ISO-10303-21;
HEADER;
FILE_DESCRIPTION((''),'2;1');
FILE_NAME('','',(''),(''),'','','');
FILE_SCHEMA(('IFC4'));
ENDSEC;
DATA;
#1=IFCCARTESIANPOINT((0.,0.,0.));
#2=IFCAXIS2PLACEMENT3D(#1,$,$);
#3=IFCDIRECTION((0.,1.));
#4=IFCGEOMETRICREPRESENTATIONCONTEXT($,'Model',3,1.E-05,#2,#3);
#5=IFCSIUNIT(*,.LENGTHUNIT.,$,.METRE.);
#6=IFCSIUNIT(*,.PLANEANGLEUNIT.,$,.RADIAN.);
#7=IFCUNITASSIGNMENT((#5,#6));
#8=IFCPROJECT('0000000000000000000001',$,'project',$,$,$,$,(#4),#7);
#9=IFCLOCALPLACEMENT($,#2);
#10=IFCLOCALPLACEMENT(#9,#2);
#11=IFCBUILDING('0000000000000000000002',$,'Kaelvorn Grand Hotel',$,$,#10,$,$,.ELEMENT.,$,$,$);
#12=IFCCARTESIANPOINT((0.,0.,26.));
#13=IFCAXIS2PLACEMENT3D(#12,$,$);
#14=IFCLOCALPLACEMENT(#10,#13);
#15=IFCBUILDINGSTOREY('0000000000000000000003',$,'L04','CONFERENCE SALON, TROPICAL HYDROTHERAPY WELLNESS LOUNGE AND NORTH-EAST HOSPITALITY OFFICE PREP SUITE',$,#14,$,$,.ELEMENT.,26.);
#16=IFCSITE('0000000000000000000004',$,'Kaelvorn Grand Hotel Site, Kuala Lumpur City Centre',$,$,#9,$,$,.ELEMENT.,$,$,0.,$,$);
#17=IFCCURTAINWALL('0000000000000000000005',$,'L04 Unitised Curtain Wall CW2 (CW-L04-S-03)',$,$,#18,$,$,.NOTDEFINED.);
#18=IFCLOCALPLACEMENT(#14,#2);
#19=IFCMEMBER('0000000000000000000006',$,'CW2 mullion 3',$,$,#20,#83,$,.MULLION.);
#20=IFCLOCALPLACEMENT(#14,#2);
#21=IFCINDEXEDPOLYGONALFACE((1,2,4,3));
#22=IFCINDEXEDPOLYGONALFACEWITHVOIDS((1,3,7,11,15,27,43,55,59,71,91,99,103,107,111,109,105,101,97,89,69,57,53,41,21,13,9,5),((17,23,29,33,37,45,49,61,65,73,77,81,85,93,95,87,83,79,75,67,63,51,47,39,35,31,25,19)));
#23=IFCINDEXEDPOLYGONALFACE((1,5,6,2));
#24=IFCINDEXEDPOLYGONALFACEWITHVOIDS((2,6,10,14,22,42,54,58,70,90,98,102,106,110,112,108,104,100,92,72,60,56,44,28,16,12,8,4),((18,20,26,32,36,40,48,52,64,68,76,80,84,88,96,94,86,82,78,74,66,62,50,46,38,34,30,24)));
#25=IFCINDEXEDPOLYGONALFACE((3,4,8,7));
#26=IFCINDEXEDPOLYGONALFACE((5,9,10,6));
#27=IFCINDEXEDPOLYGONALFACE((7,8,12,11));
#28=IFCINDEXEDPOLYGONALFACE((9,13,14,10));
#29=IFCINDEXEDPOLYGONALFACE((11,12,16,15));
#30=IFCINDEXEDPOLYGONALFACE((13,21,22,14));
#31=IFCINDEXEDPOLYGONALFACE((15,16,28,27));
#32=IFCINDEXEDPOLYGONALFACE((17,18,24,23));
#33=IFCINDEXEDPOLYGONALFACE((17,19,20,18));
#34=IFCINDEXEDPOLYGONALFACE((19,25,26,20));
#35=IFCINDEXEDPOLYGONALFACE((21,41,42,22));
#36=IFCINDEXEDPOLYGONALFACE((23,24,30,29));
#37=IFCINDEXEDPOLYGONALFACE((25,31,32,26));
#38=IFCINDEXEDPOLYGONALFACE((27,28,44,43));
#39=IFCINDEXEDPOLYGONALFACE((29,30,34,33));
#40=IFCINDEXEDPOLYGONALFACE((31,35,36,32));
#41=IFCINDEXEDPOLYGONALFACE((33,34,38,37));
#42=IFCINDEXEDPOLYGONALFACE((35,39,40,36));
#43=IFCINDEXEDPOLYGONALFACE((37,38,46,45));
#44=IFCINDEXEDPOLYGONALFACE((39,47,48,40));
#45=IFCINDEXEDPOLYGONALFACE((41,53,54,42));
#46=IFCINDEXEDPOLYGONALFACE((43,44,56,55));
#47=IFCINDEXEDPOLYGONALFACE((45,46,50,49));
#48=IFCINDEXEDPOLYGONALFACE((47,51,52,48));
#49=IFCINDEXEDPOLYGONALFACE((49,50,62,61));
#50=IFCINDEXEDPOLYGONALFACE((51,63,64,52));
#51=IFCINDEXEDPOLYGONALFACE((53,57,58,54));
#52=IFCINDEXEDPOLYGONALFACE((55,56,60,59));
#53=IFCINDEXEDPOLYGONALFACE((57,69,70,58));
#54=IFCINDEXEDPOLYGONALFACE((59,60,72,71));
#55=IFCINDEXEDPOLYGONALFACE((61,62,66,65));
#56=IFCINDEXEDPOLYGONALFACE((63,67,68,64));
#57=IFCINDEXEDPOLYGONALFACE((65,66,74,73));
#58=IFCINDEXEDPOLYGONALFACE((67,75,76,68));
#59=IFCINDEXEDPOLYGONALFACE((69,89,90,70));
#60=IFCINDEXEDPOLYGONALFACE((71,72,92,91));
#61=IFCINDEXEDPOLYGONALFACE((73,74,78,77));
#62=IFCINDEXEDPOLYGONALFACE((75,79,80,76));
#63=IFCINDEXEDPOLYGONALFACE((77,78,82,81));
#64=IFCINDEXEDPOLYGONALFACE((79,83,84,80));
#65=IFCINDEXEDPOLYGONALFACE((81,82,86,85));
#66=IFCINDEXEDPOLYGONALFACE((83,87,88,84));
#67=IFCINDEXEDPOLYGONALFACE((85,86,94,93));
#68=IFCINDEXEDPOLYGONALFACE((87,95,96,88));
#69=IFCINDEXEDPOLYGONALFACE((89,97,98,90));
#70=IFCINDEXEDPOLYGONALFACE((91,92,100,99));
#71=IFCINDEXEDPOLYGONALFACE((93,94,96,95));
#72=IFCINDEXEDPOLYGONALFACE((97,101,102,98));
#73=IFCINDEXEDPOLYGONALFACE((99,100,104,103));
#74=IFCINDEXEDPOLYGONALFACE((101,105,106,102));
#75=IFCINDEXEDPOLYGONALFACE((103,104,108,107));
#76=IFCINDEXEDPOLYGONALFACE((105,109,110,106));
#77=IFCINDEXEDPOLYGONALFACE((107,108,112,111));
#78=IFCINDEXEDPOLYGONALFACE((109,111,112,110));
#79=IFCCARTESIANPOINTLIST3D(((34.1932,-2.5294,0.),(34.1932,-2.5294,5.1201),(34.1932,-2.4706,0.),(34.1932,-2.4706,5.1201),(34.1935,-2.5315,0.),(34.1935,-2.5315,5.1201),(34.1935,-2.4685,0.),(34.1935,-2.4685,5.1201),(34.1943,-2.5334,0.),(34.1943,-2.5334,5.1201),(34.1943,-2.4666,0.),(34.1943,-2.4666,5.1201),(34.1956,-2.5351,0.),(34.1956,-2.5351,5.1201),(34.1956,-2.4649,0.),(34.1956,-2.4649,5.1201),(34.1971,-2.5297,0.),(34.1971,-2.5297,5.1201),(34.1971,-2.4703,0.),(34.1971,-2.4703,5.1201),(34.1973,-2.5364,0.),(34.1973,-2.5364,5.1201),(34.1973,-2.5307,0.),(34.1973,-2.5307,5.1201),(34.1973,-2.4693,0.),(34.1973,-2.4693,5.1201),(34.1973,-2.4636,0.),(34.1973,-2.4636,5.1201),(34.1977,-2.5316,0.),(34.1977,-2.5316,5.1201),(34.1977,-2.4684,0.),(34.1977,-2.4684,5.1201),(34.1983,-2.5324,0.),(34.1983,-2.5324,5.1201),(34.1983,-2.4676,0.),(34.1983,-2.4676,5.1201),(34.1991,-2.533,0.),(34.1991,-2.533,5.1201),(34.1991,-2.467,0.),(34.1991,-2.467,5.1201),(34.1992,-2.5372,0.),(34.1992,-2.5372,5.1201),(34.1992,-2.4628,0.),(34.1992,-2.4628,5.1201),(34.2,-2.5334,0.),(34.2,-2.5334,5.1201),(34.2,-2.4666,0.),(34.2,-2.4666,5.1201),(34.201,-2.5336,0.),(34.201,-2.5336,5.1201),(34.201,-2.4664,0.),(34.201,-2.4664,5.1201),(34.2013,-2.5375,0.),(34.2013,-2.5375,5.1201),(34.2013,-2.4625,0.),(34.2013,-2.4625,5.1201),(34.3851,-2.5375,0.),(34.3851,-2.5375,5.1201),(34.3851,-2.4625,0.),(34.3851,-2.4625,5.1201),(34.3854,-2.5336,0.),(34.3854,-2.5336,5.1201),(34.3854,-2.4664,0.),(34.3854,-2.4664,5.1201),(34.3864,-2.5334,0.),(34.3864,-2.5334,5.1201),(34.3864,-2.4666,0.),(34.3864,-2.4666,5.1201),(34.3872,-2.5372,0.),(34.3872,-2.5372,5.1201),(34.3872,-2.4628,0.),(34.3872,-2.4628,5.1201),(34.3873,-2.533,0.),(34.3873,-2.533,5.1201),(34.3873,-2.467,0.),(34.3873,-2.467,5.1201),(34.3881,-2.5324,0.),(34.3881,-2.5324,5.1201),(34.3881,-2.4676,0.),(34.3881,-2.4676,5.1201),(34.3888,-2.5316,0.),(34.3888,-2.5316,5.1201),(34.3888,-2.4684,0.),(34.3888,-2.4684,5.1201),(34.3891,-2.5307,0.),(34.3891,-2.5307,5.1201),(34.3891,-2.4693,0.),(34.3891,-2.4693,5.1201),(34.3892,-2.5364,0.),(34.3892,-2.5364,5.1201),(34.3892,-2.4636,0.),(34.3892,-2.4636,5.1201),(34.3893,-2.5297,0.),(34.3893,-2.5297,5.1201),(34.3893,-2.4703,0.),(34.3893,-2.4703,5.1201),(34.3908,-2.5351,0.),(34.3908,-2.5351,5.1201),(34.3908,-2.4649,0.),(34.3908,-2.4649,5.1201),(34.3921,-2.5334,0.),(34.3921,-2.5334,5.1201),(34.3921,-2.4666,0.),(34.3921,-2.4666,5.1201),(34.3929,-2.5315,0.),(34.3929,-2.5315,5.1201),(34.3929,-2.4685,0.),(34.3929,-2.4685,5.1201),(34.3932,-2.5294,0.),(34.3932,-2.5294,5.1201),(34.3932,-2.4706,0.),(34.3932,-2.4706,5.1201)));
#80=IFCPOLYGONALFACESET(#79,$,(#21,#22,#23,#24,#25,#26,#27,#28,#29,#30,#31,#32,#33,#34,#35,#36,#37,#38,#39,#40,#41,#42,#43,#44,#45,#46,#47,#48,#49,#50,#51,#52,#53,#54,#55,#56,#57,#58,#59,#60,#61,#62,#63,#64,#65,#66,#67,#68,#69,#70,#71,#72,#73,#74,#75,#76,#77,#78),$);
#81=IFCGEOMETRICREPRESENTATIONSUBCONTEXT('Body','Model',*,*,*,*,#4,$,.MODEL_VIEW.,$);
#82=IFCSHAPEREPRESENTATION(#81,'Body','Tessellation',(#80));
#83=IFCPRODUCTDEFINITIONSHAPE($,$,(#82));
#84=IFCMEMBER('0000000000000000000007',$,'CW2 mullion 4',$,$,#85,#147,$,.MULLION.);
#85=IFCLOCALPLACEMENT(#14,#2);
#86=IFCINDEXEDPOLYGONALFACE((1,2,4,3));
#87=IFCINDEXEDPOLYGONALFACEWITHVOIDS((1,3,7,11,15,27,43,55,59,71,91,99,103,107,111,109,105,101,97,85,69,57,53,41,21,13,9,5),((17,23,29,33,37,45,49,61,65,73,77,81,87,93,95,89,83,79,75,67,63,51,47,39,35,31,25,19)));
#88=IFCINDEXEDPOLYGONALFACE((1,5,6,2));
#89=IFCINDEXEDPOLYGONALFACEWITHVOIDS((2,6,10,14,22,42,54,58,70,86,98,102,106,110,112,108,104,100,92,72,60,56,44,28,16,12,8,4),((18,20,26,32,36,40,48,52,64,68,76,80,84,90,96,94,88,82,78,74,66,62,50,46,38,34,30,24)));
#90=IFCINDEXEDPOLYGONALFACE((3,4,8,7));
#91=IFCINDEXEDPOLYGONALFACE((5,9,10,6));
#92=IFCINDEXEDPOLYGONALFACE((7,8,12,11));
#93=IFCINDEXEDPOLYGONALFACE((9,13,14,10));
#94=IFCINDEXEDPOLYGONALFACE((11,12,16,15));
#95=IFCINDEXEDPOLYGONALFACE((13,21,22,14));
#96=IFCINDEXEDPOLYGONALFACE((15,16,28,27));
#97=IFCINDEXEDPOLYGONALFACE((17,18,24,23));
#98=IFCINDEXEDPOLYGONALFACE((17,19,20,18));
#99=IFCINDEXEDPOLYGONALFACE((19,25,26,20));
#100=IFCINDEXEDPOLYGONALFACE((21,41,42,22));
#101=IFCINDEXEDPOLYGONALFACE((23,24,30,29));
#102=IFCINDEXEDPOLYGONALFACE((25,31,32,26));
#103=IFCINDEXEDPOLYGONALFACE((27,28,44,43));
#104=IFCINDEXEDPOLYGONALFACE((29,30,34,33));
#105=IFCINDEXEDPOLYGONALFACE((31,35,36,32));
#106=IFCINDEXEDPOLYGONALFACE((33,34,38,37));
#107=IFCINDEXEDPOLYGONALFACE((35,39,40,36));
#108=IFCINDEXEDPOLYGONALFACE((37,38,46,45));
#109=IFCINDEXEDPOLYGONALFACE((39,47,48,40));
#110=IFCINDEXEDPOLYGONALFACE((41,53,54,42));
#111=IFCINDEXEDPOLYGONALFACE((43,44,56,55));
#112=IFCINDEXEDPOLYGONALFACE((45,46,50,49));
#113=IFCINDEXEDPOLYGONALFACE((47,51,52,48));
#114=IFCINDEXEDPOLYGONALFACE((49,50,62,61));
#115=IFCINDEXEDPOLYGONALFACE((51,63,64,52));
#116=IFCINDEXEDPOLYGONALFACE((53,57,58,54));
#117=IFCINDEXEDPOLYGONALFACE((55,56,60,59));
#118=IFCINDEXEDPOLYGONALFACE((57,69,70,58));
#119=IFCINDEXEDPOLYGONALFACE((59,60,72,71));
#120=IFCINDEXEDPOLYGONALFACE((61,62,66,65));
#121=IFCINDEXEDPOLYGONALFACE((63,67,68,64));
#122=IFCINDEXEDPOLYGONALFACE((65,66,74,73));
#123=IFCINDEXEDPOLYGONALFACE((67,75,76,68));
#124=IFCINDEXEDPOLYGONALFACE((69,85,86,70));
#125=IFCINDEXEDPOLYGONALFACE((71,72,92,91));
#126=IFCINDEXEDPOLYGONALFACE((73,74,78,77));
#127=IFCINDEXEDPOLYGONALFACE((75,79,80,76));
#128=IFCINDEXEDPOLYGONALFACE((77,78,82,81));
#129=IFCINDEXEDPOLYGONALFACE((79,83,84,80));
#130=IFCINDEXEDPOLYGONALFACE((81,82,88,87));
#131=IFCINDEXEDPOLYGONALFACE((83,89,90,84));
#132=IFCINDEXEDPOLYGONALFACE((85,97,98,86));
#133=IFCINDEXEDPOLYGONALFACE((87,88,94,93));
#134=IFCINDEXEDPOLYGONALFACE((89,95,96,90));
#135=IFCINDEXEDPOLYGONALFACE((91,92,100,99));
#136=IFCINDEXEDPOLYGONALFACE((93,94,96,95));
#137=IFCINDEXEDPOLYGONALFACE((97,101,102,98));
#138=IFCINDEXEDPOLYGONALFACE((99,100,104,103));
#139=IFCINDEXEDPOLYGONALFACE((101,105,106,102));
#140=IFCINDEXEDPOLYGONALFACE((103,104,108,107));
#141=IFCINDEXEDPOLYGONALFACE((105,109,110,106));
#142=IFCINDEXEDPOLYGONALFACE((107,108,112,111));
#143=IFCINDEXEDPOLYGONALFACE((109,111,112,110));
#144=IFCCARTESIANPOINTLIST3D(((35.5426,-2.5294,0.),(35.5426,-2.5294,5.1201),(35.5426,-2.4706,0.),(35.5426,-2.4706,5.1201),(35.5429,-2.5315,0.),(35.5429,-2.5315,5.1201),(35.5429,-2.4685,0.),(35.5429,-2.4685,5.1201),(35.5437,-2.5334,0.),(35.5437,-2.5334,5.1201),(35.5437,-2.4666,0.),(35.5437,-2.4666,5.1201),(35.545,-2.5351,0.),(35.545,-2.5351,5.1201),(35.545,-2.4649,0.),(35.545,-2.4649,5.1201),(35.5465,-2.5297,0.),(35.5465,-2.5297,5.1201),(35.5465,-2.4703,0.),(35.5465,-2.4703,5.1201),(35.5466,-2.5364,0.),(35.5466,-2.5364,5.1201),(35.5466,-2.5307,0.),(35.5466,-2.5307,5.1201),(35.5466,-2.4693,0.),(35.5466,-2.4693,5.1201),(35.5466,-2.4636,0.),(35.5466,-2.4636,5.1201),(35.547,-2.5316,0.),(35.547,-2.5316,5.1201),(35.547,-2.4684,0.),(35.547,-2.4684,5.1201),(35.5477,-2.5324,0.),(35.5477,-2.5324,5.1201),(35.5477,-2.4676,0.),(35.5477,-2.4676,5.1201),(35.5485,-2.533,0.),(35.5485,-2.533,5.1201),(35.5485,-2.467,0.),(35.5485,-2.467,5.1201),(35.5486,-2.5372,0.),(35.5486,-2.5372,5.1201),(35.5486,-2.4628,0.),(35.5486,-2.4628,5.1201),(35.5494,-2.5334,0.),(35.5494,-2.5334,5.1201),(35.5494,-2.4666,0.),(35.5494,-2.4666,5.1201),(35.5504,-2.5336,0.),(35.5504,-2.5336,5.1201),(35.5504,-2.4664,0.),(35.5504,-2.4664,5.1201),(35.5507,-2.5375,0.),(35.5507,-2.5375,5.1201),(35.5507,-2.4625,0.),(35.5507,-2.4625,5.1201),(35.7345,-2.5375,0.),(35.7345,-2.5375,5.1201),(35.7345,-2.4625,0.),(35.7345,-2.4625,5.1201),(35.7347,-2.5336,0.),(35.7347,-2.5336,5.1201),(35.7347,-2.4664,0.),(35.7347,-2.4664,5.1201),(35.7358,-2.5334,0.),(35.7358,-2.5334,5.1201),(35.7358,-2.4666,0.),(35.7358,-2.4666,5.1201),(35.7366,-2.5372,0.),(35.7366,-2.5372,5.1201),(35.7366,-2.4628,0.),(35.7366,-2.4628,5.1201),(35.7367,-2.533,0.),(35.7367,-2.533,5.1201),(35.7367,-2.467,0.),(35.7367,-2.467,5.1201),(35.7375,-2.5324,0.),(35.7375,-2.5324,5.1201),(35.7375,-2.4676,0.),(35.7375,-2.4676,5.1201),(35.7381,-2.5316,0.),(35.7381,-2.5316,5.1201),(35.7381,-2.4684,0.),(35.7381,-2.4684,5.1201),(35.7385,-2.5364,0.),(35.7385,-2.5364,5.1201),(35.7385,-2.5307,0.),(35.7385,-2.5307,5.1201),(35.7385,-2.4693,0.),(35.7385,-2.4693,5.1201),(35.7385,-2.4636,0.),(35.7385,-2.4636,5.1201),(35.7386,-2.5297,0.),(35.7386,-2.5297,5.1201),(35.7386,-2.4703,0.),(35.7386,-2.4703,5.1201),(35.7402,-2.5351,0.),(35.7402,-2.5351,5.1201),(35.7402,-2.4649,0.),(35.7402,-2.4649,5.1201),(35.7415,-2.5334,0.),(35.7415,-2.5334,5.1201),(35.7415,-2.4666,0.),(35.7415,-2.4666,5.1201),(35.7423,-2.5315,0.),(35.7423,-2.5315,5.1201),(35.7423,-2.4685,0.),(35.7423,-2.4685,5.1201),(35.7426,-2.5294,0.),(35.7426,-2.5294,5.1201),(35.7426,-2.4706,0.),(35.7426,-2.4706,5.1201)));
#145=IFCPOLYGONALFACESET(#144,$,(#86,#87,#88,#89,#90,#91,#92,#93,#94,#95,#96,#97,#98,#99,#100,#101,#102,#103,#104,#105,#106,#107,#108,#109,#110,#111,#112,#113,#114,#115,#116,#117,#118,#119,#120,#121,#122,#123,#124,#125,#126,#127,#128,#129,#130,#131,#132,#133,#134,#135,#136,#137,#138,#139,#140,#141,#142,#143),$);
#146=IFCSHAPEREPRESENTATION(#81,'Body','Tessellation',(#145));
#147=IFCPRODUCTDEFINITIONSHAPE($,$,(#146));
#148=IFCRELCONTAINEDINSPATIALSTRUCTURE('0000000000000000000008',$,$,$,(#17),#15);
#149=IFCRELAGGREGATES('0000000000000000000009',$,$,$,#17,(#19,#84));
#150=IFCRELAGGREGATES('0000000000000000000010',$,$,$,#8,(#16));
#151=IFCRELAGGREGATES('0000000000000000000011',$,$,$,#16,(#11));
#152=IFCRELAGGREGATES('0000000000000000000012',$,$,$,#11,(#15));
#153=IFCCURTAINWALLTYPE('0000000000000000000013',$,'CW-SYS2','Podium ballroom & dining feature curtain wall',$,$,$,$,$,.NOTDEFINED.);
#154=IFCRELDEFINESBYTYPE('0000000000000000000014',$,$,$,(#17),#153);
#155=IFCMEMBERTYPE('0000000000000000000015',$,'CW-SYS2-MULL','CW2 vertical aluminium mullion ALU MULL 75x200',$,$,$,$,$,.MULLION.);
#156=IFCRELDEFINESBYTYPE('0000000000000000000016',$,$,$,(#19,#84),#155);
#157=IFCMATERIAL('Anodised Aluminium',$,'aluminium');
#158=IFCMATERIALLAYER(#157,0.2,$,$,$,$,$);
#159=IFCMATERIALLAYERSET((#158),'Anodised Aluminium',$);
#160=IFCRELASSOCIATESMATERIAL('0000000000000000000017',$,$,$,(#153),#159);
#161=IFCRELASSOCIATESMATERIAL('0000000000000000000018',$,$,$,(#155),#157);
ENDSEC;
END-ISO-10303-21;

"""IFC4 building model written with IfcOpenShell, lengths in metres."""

from ifc_helpers import new_model, si_unit, direction, frame, origin, origin_2d, place, context, subcontext, project, spatial, hollow_rectangle, extrude, material, layer, layer_set, material_profile, profile_set, type_object, element, aggregate, save


model = new_model("IFC4")

# Units and contexts
model_context = context("Model", 3, precision=1e-05, world=origin(), true_north=direction((0.0, 1.0)))
body_context = subcontext(model_context, "Body", "Model", "MODEL_VIEW")
ifc_project = project(units=[si_unit("LENGTHUNIT", "METRE"), si_unit("PLANEANGLEUNIT", "RADIAN")], contexts=[model_context])

# Site, building, storey
site_placement = place(None, origin())
site = spatial("IfcSite", under=ifc_project, at=site_placement, Name="Kaelvorn Grand Hotel Site, Kuala Lumpur City Centre", CompositionType="ELEMENT", RefElevation=0.0)
building_placement = place(site_placement, origin())
building = spatial("IfcBuilding", under=site, at=building_placement, Name="Kaelvorn Grand Hotel", CompositionType="ELEMENT")
storey_placement = place(building_placement, frame((0.0, 0.0, 26.0)))
storey = spatial("IfcBuildingStorey", under=building, at=storey_placement, Name="L04", Description="CONFERENCE SALON, TROPICAL HYDROTHERAPY WELLNESS LOUNGE AND NORTH-EAST HOSPITALITY OFFICE PREP SUITE", CompositionType="ELEMENT", Elevation=26.0)

# Curtain wall, members
ifc_material_1 = material(Name="Anodised Aluminium", Category="aluminium")
ifc_layer_1 = layer(ifc_material_1, 0.2)
ifc_layer_set_1 = layer_set([ifc_layer_1], Name="Anodised Aluminium")
curtain_wall_type = type_object("IfcCurtainWallType", Name="CW-SYS2", Description="Podium ballroom & dining feature curtain wall", PredefinedType="NOTDEFINED", material=ifc_layer_set_1)
curtain_wall_1_placement = place(storey_placement, origin())
curtain_wall_1 = element("IfcCurtainWall", 1, at=curtain_wall_1_placement, inside=storey, type_object=curtain_wall_type, Name="L04 Unitised Curtain Wall CW2 (CW-L04-S-03)", PredefinedType="NOTDEFINED")
ifc_material_profile_1 = material_profile(ifc_material_1, hollow_rectangle(XDim=0.075, YDim=0.2, WallThickness=0.0039, InnerFilletRadius=0.0039, OuterFilletRadius=0.0081, at=origin_2d()), Name="ALU MULL 75x200")
ifc_profile_set_1 = profile_set([ifc_material_profile_1], Name="Anodised Aluminium")
member_type_1 = type_object("IfcMemberType", Name="CW-SYS2-MULL", Description="CW2 vertical aluminium mullion ALU MULL 75x200", PredefinedType="MULLION", material=ifc_profile_set_1)
member_1_placement = place(storey_placement, frame((34.2932, -2.5, 0.0), z_axis=(0.0, 0.0, 1.0), x_axis=(0.0, 1.0, 0.0)))
member_1 = element("IfcMember", 2, at=member_1_placement, type_object=member_type_1, Name="CW2 mullion 3", PredefinedType="MULLION", context=body_context, shape_type="SweptSolid", body=[
    extrude(hollow_rectangle(XDim=0.075, YDim=0.2, WallThickness=0.0039, InnerFilletRadius=0.0039, OuterFilletRadius=0.0081, at=origin_2d()), origin(), (0.0, 0.0, 1.0), 5.1201),
])
member_2_placement = place(storey_placement, frame((35.6426, -2.5, 0.0), z_axis=(0.0, 0.0, 1.0), x_axis=(0.0, 1.0, 0.0)))
member_2 = element("IfcMember", 3, at=member_2_placement, type_object=member_type_1, Name="CW2 mullion 4", PredefinedType="MULLION", context=body_context, shape_type="SweptSolid", body=[
    extrude(hollow_rectangle(XDim=0.075, YDim=0.2, WallThickness=0.0039, InnerFilletRadius=0.0039, OuterFilletRadius=0.0081, at=origin_2d()), origin(), (0.0, 0.0, 1.0), 5.1201),
])

aggregate(curtain_wall_1, [member_1, member_2])

save(model, "model.ifc")
